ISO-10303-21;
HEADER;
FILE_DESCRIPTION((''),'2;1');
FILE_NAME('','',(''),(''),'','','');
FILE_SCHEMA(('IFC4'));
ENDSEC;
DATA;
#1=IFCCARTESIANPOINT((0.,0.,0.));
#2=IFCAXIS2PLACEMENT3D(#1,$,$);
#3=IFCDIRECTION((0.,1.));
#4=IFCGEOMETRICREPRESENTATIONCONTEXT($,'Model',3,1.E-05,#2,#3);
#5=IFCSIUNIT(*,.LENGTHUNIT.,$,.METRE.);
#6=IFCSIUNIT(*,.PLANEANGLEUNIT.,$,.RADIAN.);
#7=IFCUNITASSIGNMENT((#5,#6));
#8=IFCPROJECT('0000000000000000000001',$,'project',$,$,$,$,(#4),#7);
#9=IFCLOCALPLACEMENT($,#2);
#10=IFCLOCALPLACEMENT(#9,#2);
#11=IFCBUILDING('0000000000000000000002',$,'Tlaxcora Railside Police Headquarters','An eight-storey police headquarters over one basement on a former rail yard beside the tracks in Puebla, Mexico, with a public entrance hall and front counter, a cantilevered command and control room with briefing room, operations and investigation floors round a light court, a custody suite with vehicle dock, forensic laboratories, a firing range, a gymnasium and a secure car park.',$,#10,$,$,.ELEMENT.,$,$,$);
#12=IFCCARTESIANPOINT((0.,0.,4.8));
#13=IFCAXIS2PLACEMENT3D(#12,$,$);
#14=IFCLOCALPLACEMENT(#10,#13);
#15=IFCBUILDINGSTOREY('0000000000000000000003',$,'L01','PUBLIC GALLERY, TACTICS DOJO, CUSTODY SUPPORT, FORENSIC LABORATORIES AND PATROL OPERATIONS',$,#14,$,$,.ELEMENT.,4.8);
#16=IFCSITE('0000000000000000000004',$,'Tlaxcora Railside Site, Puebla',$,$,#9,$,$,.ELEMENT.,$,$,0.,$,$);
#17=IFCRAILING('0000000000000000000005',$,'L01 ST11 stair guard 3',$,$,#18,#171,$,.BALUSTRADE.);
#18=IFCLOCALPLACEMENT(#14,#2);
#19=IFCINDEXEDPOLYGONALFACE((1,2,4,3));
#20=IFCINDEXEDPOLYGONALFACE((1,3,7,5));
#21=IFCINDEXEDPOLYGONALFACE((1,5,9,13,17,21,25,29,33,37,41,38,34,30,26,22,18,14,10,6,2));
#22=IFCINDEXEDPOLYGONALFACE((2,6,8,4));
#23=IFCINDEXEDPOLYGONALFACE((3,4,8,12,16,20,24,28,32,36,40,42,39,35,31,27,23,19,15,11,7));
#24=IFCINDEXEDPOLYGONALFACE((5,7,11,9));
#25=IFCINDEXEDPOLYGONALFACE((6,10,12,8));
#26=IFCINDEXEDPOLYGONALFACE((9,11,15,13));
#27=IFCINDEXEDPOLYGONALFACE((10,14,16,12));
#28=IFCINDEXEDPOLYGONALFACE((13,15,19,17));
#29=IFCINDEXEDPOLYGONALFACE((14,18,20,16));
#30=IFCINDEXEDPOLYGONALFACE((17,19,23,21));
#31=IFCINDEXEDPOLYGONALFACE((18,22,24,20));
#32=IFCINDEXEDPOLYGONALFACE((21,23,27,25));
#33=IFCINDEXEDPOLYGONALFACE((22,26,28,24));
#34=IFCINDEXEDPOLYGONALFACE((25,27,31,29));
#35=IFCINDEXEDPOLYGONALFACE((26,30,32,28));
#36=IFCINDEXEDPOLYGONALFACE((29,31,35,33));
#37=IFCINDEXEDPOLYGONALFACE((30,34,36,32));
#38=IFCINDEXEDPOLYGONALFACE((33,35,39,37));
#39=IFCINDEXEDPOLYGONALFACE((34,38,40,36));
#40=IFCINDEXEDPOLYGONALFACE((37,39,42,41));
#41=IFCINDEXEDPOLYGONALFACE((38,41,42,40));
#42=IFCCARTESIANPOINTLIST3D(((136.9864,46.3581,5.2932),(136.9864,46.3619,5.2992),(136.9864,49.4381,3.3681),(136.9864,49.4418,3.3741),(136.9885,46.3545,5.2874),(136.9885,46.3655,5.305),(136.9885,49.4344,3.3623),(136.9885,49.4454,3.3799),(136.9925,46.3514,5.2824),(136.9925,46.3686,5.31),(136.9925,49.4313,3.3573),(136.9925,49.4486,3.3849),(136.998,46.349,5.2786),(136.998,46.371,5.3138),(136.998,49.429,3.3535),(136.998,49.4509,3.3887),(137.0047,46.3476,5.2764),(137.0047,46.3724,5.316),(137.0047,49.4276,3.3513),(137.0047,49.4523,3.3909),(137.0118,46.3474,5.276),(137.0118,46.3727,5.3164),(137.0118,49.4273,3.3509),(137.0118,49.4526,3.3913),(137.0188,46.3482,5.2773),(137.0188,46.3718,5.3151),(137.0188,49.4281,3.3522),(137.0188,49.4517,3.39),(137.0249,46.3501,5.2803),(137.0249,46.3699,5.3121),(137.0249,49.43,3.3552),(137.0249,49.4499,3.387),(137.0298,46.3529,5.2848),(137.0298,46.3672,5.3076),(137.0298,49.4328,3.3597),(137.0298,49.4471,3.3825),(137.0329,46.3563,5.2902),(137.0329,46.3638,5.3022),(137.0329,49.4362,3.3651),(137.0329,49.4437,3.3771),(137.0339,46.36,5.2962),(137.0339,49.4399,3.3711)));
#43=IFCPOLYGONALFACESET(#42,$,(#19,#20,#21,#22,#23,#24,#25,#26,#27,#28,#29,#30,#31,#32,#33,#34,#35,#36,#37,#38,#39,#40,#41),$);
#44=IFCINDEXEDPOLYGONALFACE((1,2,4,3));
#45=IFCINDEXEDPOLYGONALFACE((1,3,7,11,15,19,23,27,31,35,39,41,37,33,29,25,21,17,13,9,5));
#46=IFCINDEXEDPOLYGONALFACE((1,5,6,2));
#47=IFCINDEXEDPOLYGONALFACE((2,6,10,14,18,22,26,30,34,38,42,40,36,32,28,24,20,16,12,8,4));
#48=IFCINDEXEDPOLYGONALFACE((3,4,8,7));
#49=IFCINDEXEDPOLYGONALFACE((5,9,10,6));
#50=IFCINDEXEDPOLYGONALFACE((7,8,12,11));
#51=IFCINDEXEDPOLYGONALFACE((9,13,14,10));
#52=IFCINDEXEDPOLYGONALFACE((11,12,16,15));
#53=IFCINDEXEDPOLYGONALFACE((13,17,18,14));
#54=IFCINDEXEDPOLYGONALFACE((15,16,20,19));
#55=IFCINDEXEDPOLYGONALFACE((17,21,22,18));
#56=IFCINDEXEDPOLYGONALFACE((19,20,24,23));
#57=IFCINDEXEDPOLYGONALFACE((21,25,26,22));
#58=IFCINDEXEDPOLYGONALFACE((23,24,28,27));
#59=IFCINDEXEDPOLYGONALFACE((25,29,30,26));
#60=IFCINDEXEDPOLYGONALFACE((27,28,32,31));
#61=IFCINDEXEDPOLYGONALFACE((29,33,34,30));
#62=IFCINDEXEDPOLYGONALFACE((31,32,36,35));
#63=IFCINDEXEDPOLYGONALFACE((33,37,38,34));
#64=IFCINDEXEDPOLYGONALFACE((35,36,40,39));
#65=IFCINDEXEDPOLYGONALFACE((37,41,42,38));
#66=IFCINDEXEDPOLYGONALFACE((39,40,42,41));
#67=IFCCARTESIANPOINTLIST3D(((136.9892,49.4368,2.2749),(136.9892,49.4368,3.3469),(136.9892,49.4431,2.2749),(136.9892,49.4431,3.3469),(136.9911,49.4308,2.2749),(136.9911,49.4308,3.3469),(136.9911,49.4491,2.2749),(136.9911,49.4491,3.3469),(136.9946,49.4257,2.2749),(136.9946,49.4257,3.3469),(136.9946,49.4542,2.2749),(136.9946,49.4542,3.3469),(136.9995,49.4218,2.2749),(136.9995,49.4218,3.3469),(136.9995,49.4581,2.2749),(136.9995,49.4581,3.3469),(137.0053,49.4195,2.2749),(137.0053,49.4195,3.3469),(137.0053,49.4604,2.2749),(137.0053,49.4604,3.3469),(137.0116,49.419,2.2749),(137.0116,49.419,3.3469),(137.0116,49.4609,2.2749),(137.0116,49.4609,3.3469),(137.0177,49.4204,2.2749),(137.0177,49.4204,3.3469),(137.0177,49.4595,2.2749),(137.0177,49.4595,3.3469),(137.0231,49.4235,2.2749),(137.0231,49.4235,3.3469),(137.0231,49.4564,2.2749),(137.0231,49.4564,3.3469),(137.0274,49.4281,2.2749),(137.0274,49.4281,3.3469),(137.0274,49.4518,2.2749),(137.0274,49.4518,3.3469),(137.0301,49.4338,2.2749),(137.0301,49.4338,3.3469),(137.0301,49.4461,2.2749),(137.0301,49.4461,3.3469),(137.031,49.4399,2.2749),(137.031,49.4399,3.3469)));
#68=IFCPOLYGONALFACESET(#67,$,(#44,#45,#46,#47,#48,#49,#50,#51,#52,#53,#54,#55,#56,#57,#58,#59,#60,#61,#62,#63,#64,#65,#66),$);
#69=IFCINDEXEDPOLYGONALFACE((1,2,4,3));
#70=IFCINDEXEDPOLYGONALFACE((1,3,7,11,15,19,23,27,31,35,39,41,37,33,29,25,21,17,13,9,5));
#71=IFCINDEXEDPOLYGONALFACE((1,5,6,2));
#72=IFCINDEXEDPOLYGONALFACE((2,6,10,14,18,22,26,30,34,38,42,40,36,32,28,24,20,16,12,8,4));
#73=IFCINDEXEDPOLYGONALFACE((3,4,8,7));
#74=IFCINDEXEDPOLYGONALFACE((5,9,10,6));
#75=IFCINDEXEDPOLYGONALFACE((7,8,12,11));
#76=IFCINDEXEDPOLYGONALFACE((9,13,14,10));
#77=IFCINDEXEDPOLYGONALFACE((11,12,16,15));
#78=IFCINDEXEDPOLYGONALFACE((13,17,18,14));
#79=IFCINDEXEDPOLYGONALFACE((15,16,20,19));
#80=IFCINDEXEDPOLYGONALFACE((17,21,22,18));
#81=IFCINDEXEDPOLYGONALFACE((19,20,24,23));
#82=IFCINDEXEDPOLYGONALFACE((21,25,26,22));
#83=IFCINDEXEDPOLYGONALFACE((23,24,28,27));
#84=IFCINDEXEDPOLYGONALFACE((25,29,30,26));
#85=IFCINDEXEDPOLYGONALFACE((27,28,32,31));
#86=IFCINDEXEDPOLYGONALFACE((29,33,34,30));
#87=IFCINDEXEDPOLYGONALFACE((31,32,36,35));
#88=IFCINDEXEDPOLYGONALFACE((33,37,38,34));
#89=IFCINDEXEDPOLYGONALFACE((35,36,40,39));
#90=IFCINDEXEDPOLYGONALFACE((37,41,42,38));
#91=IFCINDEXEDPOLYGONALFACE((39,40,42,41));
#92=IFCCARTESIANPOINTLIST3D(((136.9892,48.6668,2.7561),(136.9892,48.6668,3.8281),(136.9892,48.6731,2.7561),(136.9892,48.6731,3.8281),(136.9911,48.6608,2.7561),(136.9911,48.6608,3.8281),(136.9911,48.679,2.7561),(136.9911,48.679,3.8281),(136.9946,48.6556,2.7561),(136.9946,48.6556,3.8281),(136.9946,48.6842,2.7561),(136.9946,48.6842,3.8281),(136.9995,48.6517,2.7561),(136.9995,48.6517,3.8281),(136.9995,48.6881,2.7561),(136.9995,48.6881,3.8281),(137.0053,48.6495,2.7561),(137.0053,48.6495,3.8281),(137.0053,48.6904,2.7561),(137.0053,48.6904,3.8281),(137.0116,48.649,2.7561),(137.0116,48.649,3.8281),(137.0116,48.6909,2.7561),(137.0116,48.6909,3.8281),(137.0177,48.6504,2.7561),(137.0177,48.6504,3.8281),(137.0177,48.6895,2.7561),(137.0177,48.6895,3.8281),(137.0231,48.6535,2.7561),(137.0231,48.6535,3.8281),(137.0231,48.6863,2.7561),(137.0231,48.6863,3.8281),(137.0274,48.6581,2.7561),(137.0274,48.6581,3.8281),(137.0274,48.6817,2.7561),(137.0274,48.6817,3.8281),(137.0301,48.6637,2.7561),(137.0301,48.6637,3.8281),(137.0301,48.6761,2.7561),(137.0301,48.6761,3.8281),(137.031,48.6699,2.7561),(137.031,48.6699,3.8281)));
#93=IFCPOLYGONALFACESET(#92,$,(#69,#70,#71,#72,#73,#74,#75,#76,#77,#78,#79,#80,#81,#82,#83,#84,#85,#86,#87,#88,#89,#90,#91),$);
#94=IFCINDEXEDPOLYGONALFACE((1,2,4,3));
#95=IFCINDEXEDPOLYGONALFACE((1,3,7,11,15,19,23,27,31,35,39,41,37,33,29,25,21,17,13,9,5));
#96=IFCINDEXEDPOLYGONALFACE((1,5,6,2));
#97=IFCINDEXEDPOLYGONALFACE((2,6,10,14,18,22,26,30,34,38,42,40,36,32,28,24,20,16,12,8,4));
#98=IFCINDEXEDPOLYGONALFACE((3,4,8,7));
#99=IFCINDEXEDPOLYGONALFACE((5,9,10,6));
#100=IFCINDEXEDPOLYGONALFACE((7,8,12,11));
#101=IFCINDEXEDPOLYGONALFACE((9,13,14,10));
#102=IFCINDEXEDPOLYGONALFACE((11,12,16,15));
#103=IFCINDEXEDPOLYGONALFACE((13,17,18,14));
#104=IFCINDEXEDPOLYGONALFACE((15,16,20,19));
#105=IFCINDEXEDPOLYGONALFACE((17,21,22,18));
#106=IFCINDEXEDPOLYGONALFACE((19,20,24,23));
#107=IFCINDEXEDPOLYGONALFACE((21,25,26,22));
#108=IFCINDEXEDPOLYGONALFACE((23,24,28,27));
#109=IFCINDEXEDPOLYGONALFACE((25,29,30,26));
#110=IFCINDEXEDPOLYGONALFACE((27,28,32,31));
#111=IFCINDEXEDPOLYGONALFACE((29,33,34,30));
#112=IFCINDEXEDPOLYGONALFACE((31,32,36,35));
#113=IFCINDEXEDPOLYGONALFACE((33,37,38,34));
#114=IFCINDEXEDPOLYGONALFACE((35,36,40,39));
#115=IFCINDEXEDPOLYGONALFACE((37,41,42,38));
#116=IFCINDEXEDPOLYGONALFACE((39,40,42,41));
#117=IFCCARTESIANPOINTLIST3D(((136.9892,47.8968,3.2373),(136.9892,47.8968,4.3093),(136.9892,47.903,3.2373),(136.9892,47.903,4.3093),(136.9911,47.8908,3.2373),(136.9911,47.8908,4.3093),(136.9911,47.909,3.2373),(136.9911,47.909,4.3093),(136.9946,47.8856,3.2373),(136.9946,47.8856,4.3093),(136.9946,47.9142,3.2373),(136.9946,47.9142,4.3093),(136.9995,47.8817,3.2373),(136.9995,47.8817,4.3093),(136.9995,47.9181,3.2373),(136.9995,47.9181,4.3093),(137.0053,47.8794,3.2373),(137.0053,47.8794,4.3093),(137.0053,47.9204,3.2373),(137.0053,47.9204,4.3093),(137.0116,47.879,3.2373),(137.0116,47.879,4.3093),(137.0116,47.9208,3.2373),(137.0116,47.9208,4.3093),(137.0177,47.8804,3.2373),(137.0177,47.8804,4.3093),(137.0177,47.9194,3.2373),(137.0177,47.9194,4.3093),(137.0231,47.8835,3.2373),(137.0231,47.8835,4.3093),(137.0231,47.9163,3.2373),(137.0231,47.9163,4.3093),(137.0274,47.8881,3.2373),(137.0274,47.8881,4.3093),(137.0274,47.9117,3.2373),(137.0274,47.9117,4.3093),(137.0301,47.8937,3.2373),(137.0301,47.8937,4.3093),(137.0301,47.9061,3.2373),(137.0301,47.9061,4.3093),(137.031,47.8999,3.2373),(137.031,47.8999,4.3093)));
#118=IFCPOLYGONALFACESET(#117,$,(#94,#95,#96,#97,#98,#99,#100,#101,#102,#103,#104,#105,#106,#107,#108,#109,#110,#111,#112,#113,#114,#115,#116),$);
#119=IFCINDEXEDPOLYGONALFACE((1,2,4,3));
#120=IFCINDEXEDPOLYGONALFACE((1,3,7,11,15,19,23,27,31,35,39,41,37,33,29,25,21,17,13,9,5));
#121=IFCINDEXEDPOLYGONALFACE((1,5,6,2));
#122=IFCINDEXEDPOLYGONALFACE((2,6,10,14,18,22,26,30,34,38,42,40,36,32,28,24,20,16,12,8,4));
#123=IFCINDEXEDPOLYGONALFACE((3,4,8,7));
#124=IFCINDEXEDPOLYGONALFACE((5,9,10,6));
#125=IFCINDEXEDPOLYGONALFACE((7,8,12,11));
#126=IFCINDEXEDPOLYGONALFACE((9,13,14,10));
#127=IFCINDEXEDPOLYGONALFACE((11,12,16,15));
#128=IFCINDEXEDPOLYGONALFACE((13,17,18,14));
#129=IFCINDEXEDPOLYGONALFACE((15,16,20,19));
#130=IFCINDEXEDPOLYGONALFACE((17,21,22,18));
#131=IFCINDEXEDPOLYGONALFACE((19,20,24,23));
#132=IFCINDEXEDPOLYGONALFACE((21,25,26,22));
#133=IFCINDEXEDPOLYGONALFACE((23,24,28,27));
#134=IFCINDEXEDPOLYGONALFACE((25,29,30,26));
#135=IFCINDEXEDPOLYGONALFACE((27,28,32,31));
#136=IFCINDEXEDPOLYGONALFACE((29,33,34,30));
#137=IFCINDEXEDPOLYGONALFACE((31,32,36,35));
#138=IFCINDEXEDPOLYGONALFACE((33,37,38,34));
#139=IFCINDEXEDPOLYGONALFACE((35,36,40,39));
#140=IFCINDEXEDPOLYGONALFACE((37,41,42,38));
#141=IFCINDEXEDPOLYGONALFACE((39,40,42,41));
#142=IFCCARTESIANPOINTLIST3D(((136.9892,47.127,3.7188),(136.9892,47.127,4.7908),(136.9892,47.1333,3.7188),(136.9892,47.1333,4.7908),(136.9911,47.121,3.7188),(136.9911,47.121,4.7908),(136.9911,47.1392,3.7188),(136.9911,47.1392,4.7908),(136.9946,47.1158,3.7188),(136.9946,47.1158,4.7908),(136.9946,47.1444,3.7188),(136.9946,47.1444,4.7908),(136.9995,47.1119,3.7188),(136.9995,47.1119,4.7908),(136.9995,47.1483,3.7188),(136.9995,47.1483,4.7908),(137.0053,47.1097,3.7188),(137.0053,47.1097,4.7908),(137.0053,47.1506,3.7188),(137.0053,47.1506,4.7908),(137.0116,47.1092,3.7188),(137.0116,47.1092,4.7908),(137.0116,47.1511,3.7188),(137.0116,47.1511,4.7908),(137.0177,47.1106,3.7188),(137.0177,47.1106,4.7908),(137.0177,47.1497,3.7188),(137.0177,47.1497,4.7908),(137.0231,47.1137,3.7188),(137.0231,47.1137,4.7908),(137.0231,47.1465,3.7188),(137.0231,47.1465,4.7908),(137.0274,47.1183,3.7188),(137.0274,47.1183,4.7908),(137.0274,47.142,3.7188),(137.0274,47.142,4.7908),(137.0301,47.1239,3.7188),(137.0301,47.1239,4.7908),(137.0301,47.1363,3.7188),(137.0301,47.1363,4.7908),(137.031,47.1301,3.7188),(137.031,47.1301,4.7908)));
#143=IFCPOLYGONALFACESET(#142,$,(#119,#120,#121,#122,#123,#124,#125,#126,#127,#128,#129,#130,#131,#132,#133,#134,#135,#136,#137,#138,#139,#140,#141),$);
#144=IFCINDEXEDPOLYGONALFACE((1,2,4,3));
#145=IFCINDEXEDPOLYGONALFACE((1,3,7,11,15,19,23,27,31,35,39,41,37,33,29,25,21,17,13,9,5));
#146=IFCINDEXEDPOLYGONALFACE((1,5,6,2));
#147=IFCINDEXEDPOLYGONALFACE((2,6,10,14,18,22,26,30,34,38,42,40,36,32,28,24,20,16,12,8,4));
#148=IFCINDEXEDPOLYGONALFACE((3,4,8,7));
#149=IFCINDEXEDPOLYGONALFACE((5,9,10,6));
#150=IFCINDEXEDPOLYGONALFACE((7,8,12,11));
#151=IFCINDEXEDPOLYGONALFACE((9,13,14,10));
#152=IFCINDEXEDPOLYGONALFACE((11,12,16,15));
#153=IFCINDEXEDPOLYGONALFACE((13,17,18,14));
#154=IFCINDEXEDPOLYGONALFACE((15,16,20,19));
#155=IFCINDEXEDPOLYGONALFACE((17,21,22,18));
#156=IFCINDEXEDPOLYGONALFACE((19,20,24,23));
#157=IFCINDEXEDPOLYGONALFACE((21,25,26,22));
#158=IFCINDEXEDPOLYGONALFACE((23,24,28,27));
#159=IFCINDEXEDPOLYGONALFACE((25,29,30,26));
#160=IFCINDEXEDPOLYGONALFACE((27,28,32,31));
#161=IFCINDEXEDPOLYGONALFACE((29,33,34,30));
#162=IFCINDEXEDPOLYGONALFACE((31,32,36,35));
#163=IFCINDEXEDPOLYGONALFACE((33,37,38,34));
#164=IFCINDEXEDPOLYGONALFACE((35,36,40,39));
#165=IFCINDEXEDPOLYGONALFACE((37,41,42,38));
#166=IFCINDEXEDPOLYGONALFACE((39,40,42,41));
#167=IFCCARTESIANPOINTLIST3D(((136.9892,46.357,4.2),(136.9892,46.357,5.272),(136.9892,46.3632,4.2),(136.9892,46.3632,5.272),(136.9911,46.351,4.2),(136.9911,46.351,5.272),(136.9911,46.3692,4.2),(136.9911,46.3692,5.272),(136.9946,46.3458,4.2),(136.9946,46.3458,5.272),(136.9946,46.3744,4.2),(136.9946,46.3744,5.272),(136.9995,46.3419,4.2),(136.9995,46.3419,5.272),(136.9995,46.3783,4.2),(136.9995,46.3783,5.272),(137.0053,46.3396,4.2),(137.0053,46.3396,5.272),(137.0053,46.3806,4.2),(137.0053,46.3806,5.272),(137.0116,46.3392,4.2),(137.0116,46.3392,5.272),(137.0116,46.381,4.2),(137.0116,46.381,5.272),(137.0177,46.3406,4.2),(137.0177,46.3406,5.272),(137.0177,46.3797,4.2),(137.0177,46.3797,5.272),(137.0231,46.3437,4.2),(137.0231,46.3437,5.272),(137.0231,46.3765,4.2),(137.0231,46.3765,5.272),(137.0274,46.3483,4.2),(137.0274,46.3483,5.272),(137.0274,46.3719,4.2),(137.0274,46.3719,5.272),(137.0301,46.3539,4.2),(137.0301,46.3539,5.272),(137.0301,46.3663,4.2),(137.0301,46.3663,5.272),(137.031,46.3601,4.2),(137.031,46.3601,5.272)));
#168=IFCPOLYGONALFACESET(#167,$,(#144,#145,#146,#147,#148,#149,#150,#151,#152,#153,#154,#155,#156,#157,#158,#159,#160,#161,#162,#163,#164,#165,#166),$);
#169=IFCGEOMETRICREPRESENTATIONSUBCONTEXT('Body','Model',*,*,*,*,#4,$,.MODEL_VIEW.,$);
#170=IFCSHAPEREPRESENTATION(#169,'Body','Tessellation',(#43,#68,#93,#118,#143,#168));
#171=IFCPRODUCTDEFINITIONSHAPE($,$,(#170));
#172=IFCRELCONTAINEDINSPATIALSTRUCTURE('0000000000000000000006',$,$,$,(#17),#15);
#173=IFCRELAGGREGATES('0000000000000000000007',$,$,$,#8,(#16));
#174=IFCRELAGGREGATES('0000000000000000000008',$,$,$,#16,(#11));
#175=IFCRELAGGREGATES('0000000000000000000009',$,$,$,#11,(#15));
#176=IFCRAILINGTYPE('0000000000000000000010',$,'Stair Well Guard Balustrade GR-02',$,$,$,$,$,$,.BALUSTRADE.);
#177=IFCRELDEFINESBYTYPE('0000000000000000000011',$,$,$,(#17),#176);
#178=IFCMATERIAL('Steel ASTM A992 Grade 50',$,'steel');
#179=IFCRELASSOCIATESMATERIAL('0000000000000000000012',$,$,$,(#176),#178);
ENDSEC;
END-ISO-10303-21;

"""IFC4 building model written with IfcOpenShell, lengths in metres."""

from ifc_helpers import new_model, si_unit, direction, frame, origin, origin_2d, place, context, subcontext, project, spatial, circle, extrude, material, type_object, element, save


model = new_model("IFC4")

# Units and contexts
model_context = context("Model", 3, precision=1e-05, world=origin(), true_north=direction((0.0, 1.0)))
body_context = subcontext(model_context, "Body", "Model", "MODEL_VIEW")
ifc_project = project(units=[si_unit("LENGTHUNIT", "METRE"), si_unit("PLANEANGLEUNIT", "RADIAN")], contexts=[model_context])

# Site, building, storey
site_placement = place(None, origin())
site = spatial("IfcSite", under=ifc_project, at=site_placement, Name="Tlaxcora Railside Site, Puebla", CompositionType="ELEMENT", RefElevation=0.0)
building_placement = place(site_placement, origin())
building = spatial("IfcBuilding", under=site, at=building_placement, Name="Tlaxcora Railside Police Headquarters", Description="An eight-storey police headquarters over one basement on a former rail yard beside the tracks in Puebla, Mexico, with a public entrance hall and front counter, a cantilevered command and control room with briefing room, operations and investigation floors round a light court, a custody suite with vehicle dock, forensic laboratories, a firing range, a gymnasium and a secure car park.", CompositionType="ELEMENT")
storey_placement = place(building_placement, frame((0.0, 0.0, 4.8)))
storey = spatial("IfcBuildingStorey", under=building, at=storey_placement, Name="L01", Description="PUBLIC GALLERY, TACTICS DOJO, CUSTODY SUPPORT, FORENSIC LABORATORIES AND PATROL OPERATIONS", CompositionType="ELEMENT", Elevation=4.8)

# Shared definitions
ifc_material_1 = material(Name="Steel ASTM A992 Grade 50", Category="steel")

# Railing
railing_type_1 = type_object("IfcRailingType", Name="Stair Well Guard Balustrade GR-02", PredefinedType="BALUSTRADE", material=ifc_material_1)
railing_1_placement = place(storey_placement, frame((137.01, 49.4399, 2.2749)))
element("IfcRailing", 1, at=railing_1_placement, inside=storey, type_object=railing_type_1, Name="L01 ST11 stair guard 3", PredefinedType="BALUSTRADE", context=body_context, shape_type="SweptSolid", body=[
    extrude(circle(Radius=0.0239, at=origin_2d()), frame((0.0, 0.0, 1.0962), z_axis=(0.0, -0.847979, 0.530029), x_axis=(1.0, 0.0, 0.0)), (0.0, 0.0, 1.0), 3.6321),
    extrude(circle(Radius=0.021, at=origin_2d()), origin(), (0.0, 0.0, 1.0), 1.072),
    extrude(circle(Radius=0.021, at=origin_2d()), frame((0.0, -0.77, 0.4812)), (0.0, 0.0, 1.0), 1.072),
    extrude(circle(Radius=0.021, at=origin_2d()), frame((0.0, -1.54, 0.9624)), (0.0, 0.0, 1.0), 1.072),
    extrude(circle(Radius=0.021, at=origin_2d()), frame((0.0, -2.3098, 1.4438)), (0.0, 0.0, 1.0), 1.072),
    extrude(circle(Radius=0.021, at=origin_2d()), frame((0.0, -3.0798, 1.925)), (0.0, 0.0, 1.0), 1.072),
])

save(model, "model.ifc")
